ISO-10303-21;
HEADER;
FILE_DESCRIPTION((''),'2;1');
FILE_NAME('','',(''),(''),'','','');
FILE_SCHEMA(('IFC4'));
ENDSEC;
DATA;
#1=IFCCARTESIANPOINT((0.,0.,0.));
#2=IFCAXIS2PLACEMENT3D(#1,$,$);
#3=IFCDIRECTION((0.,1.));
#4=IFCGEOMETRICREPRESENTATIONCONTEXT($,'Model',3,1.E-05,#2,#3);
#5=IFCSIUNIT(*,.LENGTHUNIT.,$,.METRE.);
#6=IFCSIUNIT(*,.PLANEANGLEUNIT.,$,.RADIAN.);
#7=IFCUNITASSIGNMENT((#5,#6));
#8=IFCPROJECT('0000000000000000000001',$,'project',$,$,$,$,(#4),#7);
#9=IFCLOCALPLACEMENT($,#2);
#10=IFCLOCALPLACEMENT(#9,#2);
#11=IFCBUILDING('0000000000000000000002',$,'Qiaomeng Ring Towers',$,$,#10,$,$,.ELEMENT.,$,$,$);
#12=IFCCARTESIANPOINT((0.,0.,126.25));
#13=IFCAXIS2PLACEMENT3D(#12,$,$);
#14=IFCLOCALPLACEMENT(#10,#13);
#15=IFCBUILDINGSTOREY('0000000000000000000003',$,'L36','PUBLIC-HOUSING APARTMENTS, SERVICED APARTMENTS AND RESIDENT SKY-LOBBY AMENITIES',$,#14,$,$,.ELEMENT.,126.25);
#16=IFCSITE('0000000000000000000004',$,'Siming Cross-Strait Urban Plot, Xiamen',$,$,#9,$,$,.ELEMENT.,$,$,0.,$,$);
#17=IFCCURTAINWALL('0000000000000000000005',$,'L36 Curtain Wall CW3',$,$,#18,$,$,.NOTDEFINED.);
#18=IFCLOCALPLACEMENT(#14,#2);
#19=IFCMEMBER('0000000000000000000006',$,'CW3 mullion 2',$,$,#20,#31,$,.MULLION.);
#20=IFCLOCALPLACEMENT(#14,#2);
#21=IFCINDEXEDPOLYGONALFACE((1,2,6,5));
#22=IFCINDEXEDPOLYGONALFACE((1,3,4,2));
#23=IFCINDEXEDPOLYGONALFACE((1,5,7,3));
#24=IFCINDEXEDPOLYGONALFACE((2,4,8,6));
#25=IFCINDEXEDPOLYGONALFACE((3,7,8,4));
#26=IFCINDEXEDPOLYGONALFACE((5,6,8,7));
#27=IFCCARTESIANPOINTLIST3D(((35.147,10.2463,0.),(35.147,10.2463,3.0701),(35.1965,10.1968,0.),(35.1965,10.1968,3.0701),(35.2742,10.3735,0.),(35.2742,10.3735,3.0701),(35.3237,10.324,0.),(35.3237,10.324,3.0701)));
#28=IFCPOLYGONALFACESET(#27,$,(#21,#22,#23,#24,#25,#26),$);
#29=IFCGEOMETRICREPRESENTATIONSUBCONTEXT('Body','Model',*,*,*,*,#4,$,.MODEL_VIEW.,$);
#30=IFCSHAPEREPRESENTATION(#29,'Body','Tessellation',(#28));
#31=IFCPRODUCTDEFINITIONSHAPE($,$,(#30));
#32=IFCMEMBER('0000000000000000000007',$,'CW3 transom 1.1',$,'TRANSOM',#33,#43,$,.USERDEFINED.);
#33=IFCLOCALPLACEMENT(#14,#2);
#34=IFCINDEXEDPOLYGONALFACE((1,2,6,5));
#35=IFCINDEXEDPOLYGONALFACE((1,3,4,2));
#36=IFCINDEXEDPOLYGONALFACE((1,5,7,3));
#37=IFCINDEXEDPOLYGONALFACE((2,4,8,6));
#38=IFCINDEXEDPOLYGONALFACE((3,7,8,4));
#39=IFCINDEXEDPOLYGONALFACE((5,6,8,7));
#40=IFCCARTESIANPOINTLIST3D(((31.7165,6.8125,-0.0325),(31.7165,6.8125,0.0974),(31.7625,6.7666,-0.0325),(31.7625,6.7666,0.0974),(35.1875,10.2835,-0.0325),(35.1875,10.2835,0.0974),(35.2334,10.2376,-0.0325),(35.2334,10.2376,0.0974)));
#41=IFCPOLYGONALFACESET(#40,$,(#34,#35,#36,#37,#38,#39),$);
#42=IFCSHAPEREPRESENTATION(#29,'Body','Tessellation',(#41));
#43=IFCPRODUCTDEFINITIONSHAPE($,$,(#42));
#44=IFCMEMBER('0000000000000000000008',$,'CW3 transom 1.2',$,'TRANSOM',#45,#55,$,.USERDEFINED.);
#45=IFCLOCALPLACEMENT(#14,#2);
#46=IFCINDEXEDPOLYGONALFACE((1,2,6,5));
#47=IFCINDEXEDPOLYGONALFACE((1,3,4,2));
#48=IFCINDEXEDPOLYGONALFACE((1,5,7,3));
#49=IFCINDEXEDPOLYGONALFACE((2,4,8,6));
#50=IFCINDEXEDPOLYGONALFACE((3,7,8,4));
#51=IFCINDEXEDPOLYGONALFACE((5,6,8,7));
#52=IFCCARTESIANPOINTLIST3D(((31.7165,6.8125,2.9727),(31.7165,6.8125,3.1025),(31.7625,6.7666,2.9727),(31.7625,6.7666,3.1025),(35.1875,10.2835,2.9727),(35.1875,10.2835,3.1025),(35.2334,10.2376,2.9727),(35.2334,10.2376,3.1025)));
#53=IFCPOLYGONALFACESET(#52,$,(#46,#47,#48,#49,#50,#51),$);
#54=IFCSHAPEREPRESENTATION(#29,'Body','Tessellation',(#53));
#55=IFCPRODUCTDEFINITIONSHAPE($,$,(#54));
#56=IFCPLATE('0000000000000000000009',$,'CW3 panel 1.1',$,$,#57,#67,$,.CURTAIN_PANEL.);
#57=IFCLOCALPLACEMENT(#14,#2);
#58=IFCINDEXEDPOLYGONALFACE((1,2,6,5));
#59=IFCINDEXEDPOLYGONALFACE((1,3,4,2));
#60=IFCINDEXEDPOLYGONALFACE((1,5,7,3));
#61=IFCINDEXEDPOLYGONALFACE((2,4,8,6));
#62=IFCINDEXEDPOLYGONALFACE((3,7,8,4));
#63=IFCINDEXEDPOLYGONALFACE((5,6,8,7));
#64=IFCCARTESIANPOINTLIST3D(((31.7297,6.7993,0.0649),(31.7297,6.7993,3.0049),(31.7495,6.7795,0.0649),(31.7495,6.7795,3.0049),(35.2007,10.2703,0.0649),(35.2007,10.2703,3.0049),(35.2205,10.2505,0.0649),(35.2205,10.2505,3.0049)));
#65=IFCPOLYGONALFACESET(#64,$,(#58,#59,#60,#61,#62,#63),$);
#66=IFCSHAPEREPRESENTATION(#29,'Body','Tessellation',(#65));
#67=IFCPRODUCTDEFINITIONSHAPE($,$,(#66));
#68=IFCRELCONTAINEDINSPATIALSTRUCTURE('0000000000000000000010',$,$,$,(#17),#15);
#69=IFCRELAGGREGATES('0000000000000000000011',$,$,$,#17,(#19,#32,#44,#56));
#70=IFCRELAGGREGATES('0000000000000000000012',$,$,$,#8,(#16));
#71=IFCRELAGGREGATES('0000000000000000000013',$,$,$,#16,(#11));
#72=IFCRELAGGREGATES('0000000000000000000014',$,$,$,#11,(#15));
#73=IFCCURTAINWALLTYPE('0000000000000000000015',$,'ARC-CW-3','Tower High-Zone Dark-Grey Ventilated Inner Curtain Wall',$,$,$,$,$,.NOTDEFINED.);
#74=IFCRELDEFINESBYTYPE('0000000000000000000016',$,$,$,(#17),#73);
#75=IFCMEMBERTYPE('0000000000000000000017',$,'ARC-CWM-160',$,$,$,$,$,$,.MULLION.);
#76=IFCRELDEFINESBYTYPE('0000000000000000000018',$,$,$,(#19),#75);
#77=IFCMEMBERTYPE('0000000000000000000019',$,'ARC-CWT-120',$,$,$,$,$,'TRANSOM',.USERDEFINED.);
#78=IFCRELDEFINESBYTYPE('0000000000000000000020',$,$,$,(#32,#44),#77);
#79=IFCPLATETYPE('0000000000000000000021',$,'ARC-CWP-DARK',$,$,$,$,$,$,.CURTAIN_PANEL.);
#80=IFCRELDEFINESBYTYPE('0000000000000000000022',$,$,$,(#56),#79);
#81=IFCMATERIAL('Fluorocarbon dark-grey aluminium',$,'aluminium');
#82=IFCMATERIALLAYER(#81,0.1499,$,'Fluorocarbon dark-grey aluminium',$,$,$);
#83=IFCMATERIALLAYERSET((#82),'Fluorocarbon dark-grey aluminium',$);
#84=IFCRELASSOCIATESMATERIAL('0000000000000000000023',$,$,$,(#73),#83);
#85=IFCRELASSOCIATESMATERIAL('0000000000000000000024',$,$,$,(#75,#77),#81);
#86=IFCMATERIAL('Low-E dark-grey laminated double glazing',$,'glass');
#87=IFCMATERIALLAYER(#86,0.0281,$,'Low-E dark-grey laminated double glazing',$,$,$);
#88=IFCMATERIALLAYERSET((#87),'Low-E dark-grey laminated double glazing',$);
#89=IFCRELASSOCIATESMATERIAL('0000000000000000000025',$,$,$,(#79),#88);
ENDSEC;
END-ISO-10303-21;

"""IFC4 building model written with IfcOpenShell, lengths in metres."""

from ifc_helpers import new_model, si_unit, direction, frame, origin, origin_2d, place, context, subcontext, project, spatial, rectangle, extrude, source, transform, mapped, material, layer, layer_set, material_profile, profile_set, type_object, element, aggregate, save


model = new_model("IFC4")

# Units and contexts
model_context = context("Model", 3, precision=1e-05, world=origin(), true_north=direction((0.0, 1.0)))
body_context = subcontext(model_context, "Body", "Model", "MODEL_VIEW")
ifc_project = project(units=[si_unit("LENGTHUNIT", "METRE"), si_unit("PLANEANGLEUNIT", "RADIAN")], contexts=[model_context])

# Site, building, storey
site_placement = place(None, origin())
site = spatial("IfcSite", under=ifc_project, at=site_placement, Name="Siming Cross-Strait Urban Plot, Xiamen", CompositionType="ELEMENT", RefElevation=0.0)
building_placement = place(site_placement, origin())
building = spatial("IfcBuilding", under=site, at=building_placement, Name="Qiaomeng Ring Towers", CompositionType="ELEMENT")
storey_placement = place(building_placement, frame((0.0, 0.0, 126.25)))
storey = spatial("IfcBuildingStorey", under=building, at=storey_placement, Name="L36", Description="PUBLIC-HOUSING APARTMENTS, SERVICED APARTMENTS AND RESIDENT SKY-LOBBY AMENITIES", CompositionType="ELEMENT", Elevation=126.25)

# Curtain wall, members, plate
ifc_material_1 = material(Name="Fluorocarbon dark-grey aluminium", Category="aluminium")
ifc_layer_1 = layer(ifc_material_1, 0.1499, Name="Fluorocarbon dark-grey aluminium")
ifc_layer_set_1 = layer_set([ifc_layer_1], Name="Fluorocarbon dark-grey aluminium")
curtain_wall_type = type_object("IfcCurtainWallType", Name="ARC-CW-3", Description="Tower High-Zone Dark-Grey Ventilated Inner Curtain Wall", PredefinedType="NOTDEFINED", material=ifc_layer_set_1)
curtain_wall_placement = place(storey_placement, origin())
curtain_wall = element("IfcCurtainWall", 1, at=curtain_wall_placement, inside=storey, type_object=curtain_wall_type, Name="L36 Curtain Wall CW3", PredefinedType="NOTDEFINED")
ifc_material_profile_1 = material_profile(ifc_material_1, rectangle(XDim=0.0701, YDim=0.1799, at=origin_2d()), Name="ALU MULL 70x180")
ifc_profile_set_1 = profile_set([ifc_material_profile_1], Name="Fluorocarbon dark-grey aluminium")
member_type_1 = type_object("IfcMemberType", Name="ARC-CWM-160", PredefinedType="MULLION", material=ifc_profile_set_1)
shared_shape_1 = source(origin(), body_context, "Body", "SweptSolid", [
    extrude(rectangle(XDim=0.0701, YDim=0.1799, at=origin_2d()), origin(), (0.0, 0.0, 1.0), 3.0701),
])
member_1_placement = place(storey_placement, frame((35.2354, 10.2852, 0.0), z_axis=(0.0, 0.0, 1.0), x_axis=(-0.707107, 0.707107, 0.0)))
member_1 = element("IfcMember", 2, at=member_1_placement, type_object=member_type_1, Name="CW3 mullion 2", PredefinedType="MULLION", context=body_context, shape_type="MappedRepresentation", body=[
    mapped(shared_shape_1, transform((0.0, 0.0, 0.0), x_axis=(1.0, 0.0, 0.0), y_axis=(0.0, 1.0, 0.0), z_axis=(0.0, 0.0, 1.0), scale=1.0)),
])
ifc_material_profile_2 = material_profile(ifc_material_1, rectangle(XDim=0.0649, YDim=0.1299, at=origin_2d()), Name="ALU TRAN 65x130")
ifc_profile_set_2 = profile_set([ifc_material_profile_2], Name="Fluorocarbon dark-grey aluminium")
member_type_2 = type_object("IfcMemberType", Name="ARC-CWT-120", ElementType="TRANSOM", PredefinedType="USERDEFINED", material=ifc_profile_set_2)
shared_shape_2 = source(origin(), body_context, "Body", "SweptSolid", [
    extrude(rectangle(XDim=0.0649, YDim=0.1299, at=origin_2d()), origin(), (0.0, 0.0, 1.0), 4.9087),
])
member_2_placement = place(storey_placement, frame((31.7395, 6.7896, 0.0325), z_axis=(0.707107, 0.707107, 0.0), x_axis=(-0.707107, 0.707107, 0.0)))
member_2 = element("IfcMember", 3, at=member_2_placement, type_object=member_type_2, Name="CW3 transom 1.1", ObjectType="TRANSOM", PredefinedType="USERDEFINED", context=body_context, shape_type="MappedRepresentation", body=[
    mapped(shared_shape_2, transform((0.0, 0.0, 0.0), x_axis=(1.0, 0.0, 0.0), y_axis=(0.0, 1.0, 0.0), z_axis=(0.0, 0.0, 1.0), scale=1.0)),
])
member_3_placement = place(storey_placement, frame((31.7395, 6.7896, 3.0376), z_axis=(0.707107, 0.707107, 0.0), x_axis=(-0.707107, 0.707107, 0.0)))
member_3 = element("IfcMember", 4, at=member_3_placement, type_object=member_type_2, Name="CW3 transom 1.2", ObjectType="TRANSOM", PredefinedType="USERDEFINED", context=body_context, shape_type="MappedRepresentation", body=[
    mapped(shared_shape_2, transform((0.0, 0.0, 0.0), x_axis=(1.0, 0.0, 0.0), y_axis=(0.0, 1.0, 0.0), z_axis=(0.0, 0.0, 1.0), scale=1.0)),
])
ifc_material_2 = material(Name="Low-E dark-grey laminated double glazing", Category="glass")
ifc_layer_2 = layer(ifc_material_2, 0.0281, Name="Low-E dark-grey laminated double glazing")
ifc_layer_set_2 = layer_set([ifc_layer_2], Name="Low-E dark-grey laminated double glazing")
plate_type = type_object("IfcPlateType", Name="ARC-CWP-DARK", PredefinedType="CURTAIN_PANEL", material=ifc_layer_set_2)
shared_shape_3 = source(origin(), body_context, "Body", "SweptSolid", [
    extrude(rectangle(XDim=4.9087, YDim=0.0281, at=origin_2d()), origin(), (0.0, 0.0, 1.0), 2.9399),
])
plate_placement = place(storey_placement, frame((33.4751, 8.5249, 0.0649), z_axis=(0.0, 0.0, 1.0), x_axis=(0.707107, 0.707107, 0.0)))
plate = element("IfcPlate", 5, at=plate_placement, type_object=plate_type, Name="CW3 panel 1.1", PredefinedType="CURTAIN_PANEL", context=body_context, shape_type="MappedRepresentation", body=[
    mapped(shared_shape_3, transform((0.0, 0.0, 0.0), x_axis=(1.0, 0.0, 0.0), y_axis=(0.0, 1.0, 0.0), z_axis=(0.0, 0.0, 1.0), scale=1.0)),
])
aggregate(curtain_wall, [member_1, member_2, member_3, plate])

save(model, "model.ifc")
